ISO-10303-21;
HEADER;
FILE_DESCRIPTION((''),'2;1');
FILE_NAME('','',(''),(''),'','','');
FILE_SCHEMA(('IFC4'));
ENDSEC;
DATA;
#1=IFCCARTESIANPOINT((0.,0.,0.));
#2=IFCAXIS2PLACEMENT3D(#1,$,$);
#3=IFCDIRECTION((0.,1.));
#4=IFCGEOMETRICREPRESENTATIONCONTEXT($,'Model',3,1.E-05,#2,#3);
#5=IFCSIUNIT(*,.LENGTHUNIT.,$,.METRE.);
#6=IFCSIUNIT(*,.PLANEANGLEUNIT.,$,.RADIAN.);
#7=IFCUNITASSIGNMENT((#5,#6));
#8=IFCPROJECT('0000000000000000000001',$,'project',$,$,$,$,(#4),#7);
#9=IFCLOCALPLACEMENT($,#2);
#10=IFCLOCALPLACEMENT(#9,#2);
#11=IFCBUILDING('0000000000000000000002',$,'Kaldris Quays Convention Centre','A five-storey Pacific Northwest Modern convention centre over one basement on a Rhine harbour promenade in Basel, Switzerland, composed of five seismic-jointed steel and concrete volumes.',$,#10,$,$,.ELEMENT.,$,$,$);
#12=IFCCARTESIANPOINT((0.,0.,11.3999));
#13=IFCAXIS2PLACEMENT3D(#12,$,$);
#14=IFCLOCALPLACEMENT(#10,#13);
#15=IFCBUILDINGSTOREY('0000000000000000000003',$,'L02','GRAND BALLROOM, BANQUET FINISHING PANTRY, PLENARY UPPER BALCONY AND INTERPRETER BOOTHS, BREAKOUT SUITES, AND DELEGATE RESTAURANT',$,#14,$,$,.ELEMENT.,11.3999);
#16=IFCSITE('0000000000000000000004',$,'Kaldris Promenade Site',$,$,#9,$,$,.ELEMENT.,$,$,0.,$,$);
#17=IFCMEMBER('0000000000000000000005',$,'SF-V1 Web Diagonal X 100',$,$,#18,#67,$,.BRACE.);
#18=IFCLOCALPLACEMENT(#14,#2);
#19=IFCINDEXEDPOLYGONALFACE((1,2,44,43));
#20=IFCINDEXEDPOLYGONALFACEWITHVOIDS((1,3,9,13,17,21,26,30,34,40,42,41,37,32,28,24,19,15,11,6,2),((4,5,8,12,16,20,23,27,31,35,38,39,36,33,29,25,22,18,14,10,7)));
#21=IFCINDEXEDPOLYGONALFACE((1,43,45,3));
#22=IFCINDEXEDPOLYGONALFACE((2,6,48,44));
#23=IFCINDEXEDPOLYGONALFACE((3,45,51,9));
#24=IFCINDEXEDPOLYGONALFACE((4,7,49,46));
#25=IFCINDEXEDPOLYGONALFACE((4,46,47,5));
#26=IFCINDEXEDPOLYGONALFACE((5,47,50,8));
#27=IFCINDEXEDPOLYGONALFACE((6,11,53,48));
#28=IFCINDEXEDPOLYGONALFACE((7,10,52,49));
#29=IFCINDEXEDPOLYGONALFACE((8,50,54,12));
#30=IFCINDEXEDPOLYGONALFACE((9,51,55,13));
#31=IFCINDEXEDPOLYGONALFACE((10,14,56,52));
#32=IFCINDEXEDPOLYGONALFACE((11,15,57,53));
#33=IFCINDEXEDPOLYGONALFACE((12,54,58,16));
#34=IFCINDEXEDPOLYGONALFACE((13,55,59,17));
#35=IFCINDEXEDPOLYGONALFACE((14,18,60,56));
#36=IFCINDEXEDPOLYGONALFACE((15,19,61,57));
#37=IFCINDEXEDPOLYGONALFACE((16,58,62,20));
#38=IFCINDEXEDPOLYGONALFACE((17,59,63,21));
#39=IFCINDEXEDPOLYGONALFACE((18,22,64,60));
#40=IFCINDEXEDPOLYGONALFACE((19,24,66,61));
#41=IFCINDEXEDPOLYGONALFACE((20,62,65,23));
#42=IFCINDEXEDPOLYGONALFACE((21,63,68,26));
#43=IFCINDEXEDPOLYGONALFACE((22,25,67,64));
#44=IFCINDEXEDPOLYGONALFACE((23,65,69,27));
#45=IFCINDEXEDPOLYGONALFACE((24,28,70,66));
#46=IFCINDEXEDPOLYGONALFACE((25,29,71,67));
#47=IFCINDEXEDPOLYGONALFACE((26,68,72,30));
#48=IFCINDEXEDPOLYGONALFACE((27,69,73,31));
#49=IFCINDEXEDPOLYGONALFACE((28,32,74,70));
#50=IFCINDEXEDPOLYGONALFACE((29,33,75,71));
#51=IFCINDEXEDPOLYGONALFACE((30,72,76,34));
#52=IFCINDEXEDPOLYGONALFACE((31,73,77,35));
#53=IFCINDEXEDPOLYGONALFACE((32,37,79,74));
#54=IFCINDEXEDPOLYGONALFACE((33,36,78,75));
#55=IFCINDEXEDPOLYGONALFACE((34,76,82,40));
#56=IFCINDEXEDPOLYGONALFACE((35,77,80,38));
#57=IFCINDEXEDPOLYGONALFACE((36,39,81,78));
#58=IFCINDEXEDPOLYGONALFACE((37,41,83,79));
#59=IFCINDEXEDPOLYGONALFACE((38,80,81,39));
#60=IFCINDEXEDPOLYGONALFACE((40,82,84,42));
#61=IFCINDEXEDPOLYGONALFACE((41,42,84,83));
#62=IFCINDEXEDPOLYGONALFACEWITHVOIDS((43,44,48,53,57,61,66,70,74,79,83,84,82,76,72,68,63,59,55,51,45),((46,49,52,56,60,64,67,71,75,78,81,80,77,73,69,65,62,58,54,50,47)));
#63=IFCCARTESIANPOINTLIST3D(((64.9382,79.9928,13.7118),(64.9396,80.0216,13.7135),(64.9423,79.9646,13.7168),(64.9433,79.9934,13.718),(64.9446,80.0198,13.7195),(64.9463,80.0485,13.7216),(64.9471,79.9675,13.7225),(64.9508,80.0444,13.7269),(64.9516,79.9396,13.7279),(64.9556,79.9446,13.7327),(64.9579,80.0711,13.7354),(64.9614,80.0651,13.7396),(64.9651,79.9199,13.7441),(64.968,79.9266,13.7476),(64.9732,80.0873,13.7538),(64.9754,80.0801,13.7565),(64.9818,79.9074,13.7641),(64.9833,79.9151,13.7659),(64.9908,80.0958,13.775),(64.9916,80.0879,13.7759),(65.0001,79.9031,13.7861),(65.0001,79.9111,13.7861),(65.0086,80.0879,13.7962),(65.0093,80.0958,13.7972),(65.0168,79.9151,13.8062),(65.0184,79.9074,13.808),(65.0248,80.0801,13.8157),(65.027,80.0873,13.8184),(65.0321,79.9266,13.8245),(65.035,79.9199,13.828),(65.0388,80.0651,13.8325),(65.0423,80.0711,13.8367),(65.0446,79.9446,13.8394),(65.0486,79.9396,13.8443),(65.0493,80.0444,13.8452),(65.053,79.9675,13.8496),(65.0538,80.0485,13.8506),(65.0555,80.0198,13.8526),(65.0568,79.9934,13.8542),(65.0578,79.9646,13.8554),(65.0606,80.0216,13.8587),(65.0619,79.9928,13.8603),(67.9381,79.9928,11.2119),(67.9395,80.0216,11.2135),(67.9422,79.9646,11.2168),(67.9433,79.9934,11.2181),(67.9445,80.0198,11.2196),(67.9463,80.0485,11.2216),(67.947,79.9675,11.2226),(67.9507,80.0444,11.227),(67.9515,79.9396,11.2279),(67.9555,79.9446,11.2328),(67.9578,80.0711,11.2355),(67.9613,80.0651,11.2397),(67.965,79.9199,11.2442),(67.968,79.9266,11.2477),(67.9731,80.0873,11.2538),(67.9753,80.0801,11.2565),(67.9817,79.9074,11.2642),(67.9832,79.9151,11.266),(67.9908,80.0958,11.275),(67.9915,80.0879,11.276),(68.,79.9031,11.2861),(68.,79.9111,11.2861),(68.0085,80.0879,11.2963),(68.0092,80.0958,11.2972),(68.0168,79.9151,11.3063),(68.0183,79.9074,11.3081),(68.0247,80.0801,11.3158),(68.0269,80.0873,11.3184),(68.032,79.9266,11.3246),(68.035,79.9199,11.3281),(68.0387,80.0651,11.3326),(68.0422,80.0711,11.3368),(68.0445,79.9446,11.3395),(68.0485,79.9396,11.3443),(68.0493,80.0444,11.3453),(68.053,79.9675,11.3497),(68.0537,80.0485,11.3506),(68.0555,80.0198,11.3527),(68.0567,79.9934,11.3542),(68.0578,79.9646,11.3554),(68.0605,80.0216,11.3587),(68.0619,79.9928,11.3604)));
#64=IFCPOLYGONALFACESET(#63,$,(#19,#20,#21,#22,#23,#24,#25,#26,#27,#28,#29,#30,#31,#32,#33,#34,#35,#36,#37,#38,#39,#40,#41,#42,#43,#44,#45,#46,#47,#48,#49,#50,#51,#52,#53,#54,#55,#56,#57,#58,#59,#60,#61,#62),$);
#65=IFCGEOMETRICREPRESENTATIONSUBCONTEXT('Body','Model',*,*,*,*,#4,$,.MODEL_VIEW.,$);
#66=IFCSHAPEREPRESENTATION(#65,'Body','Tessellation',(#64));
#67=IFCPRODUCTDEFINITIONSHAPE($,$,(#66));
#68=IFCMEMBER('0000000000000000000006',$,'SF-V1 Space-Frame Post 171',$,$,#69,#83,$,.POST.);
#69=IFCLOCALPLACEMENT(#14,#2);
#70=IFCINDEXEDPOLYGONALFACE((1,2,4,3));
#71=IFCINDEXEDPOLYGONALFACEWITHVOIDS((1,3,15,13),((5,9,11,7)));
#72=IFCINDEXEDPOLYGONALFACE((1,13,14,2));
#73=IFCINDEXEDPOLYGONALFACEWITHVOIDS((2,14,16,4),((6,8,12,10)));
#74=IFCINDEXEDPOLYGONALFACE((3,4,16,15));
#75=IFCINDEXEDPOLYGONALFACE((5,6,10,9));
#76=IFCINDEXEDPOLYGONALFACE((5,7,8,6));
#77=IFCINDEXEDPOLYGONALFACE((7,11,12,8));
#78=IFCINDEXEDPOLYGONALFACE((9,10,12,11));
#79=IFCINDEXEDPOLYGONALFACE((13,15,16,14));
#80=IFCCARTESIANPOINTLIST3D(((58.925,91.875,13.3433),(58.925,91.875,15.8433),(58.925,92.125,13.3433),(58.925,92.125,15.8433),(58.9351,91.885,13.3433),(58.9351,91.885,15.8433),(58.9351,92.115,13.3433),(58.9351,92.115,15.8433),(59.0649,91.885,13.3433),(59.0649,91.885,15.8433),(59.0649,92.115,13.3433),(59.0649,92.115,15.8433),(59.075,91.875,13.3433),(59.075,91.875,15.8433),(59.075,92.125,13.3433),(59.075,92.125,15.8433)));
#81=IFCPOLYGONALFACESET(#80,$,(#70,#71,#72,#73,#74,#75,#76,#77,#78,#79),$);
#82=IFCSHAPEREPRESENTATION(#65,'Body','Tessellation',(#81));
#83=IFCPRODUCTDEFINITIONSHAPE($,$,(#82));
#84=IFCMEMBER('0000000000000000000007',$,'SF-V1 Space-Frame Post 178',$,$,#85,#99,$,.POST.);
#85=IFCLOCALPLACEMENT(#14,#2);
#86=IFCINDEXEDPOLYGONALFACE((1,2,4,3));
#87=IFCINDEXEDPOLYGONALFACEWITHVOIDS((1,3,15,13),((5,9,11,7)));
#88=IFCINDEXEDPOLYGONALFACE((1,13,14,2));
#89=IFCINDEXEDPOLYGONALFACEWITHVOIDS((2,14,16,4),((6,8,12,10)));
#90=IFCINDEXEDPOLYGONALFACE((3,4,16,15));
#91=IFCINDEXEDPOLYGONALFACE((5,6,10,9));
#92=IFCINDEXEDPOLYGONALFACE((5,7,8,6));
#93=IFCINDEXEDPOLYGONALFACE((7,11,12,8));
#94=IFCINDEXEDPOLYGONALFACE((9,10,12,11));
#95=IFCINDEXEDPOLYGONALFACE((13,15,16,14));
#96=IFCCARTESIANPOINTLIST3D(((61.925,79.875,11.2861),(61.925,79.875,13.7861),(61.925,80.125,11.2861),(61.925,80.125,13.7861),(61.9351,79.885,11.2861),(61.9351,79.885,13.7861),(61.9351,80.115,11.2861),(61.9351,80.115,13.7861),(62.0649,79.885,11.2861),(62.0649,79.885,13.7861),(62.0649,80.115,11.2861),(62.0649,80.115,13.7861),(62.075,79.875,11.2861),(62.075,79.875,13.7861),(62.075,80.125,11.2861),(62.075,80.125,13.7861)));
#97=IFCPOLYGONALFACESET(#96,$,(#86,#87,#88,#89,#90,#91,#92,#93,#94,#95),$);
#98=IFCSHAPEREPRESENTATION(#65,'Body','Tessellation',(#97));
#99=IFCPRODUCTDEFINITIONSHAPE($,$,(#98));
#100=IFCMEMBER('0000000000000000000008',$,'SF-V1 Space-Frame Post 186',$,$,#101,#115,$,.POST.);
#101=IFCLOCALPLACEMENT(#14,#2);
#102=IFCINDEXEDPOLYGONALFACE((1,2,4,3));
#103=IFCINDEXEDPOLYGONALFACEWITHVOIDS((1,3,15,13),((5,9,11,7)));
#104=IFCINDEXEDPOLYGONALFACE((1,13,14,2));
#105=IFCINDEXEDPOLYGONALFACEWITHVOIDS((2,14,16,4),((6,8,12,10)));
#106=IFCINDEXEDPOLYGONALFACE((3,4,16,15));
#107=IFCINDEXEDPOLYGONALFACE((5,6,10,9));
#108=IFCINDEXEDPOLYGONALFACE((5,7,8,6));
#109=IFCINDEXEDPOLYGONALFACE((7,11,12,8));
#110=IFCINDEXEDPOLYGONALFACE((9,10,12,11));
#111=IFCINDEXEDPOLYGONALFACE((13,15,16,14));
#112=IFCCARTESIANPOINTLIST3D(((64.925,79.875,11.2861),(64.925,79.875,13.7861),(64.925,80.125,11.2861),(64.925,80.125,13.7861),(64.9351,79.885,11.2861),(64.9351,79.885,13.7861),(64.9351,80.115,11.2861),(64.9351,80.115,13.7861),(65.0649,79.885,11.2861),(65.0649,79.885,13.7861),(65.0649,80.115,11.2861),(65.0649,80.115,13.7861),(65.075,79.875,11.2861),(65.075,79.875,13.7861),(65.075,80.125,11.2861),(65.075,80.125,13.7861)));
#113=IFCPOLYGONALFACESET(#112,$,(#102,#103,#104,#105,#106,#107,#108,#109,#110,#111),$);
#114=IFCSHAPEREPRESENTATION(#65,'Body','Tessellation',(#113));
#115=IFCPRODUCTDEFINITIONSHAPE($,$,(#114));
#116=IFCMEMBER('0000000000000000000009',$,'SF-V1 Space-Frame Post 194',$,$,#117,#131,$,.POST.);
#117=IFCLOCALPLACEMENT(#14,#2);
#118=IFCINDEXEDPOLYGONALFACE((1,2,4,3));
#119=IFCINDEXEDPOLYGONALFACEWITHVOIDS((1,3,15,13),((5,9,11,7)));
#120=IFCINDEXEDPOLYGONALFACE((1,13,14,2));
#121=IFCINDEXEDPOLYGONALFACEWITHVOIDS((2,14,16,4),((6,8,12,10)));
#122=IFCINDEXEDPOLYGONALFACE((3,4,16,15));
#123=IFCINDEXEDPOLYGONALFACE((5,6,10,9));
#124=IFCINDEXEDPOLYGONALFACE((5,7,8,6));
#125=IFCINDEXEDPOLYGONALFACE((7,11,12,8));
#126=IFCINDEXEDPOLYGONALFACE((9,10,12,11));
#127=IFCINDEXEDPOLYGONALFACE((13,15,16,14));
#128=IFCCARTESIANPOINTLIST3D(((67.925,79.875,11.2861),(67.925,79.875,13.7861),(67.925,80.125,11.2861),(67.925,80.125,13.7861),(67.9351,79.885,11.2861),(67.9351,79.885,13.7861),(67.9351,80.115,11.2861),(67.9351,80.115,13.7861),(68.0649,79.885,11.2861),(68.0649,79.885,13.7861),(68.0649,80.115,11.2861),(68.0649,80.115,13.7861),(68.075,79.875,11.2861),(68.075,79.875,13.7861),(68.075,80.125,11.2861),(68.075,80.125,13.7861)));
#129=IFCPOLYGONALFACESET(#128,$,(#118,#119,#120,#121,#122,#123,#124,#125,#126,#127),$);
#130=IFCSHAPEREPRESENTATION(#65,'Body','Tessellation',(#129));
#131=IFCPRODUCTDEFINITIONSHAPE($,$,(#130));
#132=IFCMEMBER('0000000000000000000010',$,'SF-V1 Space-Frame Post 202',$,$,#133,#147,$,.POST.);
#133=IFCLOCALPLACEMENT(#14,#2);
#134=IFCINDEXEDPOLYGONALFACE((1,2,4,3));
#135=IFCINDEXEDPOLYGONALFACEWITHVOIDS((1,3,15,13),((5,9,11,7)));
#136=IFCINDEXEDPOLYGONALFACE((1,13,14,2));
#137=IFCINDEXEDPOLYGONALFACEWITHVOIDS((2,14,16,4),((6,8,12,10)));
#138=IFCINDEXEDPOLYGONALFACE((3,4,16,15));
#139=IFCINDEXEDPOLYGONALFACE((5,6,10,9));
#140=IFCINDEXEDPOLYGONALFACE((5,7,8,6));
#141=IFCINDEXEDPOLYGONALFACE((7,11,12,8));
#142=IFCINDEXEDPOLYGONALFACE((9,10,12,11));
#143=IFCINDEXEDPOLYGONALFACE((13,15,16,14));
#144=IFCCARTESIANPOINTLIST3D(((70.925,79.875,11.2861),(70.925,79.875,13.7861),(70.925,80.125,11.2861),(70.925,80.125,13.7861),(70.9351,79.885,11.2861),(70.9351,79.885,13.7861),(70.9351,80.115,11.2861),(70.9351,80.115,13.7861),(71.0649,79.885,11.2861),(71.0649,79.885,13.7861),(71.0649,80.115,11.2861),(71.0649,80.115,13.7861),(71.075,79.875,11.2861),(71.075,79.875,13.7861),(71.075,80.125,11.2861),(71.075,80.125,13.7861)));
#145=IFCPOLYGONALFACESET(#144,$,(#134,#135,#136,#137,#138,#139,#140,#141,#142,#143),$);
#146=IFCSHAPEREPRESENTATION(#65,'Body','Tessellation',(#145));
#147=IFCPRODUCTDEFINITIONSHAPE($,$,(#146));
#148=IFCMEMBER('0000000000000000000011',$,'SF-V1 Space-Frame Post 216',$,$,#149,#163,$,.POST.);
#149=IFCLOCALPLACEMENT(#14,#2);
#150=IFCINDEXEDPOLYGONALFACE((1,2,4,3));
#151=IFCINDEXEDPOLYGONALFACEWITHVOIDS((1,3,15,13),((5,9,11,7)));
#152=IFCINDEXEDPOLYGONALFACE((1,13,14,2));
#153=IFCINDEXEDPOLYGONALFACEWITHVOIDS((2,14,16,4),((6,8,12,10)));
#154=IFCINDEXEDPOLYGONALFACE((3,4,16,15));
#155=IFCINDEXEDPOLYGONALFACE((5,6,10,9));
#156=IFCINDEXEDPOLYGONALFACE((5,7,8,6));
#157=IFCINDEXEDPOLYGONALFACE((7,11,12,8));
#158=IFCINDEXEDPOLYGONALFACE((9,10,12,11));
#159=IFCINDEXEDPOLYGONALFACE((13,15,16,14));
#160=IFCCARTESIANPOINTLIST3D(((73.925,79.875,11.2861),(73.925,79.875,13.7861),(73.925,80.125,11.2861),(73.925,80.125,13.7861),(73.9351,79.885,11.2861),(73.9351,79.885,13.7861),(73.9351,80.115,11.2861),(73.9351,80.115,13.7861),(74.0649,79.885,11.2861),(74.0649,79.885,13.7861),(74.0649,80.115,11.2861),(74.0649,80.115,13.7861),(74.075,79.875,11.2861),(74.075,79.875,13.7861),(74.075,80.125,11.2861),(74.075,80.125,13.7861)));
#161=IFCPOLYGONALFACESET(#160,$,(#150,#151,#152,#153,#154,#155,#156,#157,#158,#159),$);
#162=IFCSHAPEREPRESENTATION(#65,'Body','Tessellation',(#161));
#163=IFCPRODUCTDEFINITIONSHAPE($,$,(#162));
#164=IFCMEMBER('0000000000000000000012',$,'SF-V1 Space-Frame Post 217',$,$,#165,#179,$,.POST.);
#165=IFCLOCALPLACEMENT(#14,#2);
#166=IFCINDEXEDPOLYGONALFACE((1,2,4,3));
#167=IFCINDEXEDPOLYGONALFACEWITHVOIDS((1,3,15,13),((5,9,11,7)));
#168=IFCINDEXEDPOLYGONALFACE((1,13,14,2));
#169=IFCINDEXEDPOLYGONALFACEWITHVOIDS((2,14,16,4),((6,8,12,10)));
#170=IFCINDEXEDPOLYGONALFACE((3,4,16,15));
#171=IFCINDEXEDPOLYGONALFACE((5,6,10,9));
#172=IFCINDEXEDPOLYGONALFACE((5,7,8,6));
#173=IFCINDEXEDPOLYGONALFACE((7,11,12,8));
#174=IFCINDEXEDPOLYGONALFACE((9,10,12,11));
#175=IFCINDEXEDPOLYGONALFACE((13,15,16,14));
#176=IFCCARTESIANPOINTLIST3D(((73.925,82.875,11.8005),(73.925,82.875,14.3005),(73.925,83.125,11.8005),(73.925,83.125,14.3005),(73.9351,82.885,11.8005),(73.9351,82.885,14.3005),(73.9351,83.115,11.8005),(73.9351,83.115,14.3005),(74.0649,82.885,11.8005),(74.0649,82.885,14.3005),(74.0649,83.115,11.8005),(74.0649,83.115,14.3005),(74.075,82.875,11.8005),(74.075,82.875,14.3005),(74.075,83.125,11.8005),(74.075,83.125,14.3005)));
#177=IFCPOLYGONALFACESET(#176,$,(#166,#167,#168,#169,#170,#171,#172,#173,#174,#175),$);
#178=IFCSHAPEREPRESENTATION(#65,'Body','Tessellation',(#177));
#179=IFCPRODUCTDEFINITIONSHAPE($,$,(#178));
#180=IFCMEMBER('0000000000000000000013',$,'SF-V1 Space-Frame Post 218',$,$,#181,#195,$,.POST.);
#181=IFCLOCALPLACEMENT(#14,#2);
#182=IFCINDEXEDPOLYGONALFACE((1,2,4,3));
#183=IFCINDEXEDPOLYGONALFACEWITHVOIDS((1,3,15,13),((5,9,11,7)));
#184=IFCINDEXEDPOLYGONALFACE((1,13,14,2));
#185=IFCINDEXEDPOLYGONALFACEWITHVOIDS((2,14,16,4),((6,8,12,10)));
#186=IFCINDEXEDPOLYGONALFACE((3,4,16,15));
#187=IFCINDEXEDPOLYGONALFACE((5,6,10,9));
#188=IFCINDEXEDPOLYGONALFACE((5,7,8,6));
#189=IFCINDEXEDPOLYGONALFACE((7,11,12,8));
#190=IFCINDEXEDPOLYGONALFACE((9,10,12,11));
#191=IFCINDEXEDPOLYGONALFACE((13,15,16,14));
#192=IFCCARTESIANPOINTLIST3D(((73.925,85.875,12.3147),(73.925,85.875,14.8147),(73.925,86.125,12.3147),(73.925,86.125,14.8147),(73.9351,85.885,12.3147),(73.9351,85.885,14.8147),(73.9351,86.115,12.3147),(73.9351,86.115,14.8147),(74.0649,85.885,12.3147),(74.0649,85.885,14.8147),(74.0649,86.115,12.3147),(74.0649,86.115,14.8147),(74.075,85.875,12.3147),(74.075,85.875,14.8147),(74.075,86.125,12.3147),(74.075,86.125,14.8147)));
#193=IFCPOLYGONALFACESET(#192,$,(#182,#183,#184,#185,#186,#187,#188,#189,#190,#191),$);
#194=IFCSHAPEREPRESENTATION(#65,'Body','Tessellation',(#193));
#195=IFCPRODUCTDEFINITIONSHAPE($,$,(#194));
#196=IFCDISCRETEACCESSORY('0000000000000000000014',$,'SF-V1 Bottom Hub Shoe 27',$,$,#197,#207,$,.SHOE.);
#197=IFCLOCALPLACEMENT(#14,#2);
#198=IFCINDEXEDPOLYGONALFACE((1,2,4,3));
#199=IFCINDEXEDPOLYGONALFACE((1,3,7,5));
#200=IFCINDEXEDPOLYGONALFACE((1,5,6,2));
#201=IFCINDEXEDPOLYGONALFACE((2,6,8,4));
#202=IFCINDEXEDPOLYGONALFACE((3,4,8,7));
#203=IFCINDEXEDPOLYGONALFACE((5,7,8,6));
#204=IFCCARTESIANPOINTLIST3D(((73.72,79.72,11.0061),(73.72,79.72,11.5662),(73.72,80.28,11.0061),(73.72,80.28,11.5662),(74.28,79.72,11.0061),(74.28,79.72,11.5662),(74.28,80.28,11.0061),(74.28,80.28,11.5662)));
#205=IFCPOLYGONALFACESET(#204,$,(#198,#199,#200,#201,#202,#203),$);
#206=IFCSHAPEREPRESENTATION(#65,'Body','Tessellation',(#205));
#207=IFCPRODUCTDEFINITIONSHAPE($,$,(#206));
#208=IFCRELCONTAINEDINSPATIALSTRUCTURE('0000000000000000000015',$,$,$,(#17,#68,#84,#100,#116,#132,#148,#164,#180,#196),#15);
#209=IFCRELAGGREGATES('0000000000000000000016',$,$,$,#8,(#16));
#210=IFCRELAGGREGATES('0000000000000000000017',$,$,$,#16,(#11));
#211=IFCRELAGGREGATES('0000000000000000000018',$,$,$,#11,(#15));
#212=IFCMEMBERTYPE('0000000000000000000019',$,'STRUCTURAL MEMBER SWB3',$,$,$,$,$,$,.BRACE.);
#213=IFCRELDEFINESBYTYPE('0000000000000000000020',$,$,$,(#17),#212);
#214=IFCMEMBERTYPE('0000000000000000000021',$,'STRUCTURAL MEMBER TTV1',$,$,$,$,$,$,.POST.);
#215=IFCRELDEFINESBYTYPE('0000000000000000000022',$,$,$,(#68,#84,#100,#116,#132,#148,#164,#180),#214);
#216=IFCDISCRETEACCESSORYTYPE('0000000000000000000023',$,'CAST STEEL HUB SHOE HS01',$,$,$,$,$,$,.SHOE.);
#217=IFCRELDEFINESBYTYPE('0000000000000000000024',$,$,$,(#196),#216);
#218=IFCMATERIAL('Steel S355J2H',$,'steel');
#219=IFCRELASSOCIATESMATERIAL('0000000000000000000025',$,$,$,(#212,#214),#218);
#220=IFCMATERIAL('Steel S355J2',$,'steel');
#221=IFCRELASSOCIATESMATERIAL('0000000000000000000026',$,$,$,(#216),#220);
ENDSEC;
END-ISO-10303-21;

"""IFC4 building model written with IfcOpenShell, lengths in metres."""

from ifc_helpers import new_model, si_unit, direction, frame, origin, origin_2d, place, context, subcontext, project, spatial, rectangle, hollow_rectangle, hollow_circle, extrude, material, material_profile, profile_set, type_object, element, save


model = new_model("IFC4")

# Units and contexts
model_context = context("Model", 3, precision=1e-05, world=origin(), true_north=direction((0.0, 1.0)))
body_context = subcontext(model_context, "Body", "Model", "MODEL_VIEW")
ifc_project = project(units=[si_unit("LENGTHUNIT", "METRE"), si_unit("PLANEANGLEUNIT", "RADIAN")], contexts=[model_context])

# Site, building, storey
site_placement = place(None, origin())
site = spatial("IfcSite", under=ifc_project, at=site_placement, Name="Kaldris Promenade Site", CompositionType="ELEMENT", RefElevation=0.0)
building_placement = place(site_placement, origin())
building = spatial("IfcBuilding", under=site, at=building_placement, Name="Kaldris Quays Convention Centre", Description="A five-storey Pacific Northwest Modern convention centre over one basement on a Rhine harbour promenade in Basel, Switzerland, composed of five seismic-jointed steel and concrete volumes.", CompositionType="ELEMENT")
storey_placement = place(building_placement, frame((0.0, 0.0, 11.3999)))
storey = spatial("IfcBuildingStorey", under=building, at=storey_placement, Name="L02", Description="GRAND BALLROOM, BANQUET FINISHING PANTRY, PLENARY UPPER BALCONY AND INTERPRETER BOOTHS, BREAKOUT SUITES, AND DELEGATE RESTAURANT", CompositionType="ELEMENT", Elevation=11.3999)

# Members
ifc_material_1 = material(Name="Steel S355J2H", Category="steel")
ifc_material_profile_1 = material_profile(ifc_material_1, hollow_circle(Radius=0.0969, WallThickness=0.0081, at=origin_2d()), Name="CHS 193.7x8")
ifc_profile_set_1 = profile_set([ifc_material_profile_1], Name="Steel S355J2H")
member_type_1 = type_object("IfcMemberType", Name="STRUCTURAL MEMBER SWB3", PredefinedType="BRACE", material=ifc_profile_set_1)
member_1_placement = place(storey_placement, frame((68.0, 80.0, 11.2861), z_axis=(-0.768221, 0.0, 0.640184), x_axis=(0.0, -1.0, 0.0)))
element("IfcMember", 1, at=member_1_placement, inside=storey, type_object=member_type_1, Name="SF-V1 Web Diagonal X 100", PredefinedType="BRACE", context=body_context, shape_type="SweptSolid", body=[
    extrude(hollow_circle(Radius=0.0969, WallThickness=0.0081, at=origin_2d()), origin(), (0.0, 0.0, 1.0), 3.905),
])
ifc_material_profile_2 = material_profile(ifc_material_1, hollow_rectangle(XDim=0.1499, YDim=0.25, WallThickness=0.01, at=origin_2d()), Name="RHS 250x150x10")
ifc_profile_set_2 = profile_set([ifc_material_profile_2], Name="Steel S355J2H")
member_type_2 = type_object("IfcMemberType", Name="STRUCTURAL MEMBER TTV1", PredefinedType="POST", material=ifc_profile_set_2)
for number, where, z_axis, x_axis, name in (
    (2, (59.0, 92.0, 13.3433), (0.0, 0.0, 1.0), (1.0, 0.0, 0.0), "SF-V1 Space-Frame Post 171"),
    (3, (62.0, 80.0, 11.2861), (0.0, 0.0, 1.0), (1.0, 0.0, 0.0), "SF-V1 Space-Frame Post 178"),
    (4, (65.0, 80.0, 11.2861), (0.0, 0.0, 1.0), (1.0, 0.0, 0.0), "SF-V1 Space-Frame Post 186"),
    (5, (68.0, 80.0, 11.2861), (0.0, 0.0, 1.0), (1.0, 0.0, 0.0), "SF-V1 Space-Frame Post 194"),
    (6, (71.0, 80.0, 11.2861), (0.0, 0.0, 1.0), (1.0, 0.0, 0.0), "SF-V1 Space-Frame Post 202"),
    (7, (74.0, 80.0, 11.2861), (0.0, 0.0, 1.0), (1.0, 0.0, 0.0), "SF-V1 Space-Frame Post 216"),
    (8, (74.0, 83.0, 11.8005), (0.0, 0.0, 1.0), (1.0, 0.0, 0.0), "SF-V1 Space-Frame Post 217"),
    (9, (74.0, 86.0, 12.3147), (0.0, 0.0, 1.0), (1.0, 0.0, 0.0), "SF-V1 Space-Frame Post 218"),
):
    element("IfcMember", number, at=place(storey_placement, frame(where, z_axis=z_axis, x_axis=x_axis)), inside=storey, type_object=member_type_2, Name=name, PredefinedType="POST", context=body_context, shape_type="SweptSolid", body=[
        extrude(hollow_rectangle(XDim=0.1499, YDim=0.25, WallThickness=0.01, at=origin_2d()), origin(), (0.0, 0.0, 1.0), 2.5),
    ])

# Discrete accessory
ifc_material_2 = material(Name="Steel S355J2", Category="steel")
discrete_accessory_type = type_object("IfcDiscreteAccessoryType", Name="CAST STEEL HUB SHOE HS01", PredefinedType="SHOE", material=ifc_material_2)
discrete_accessory_placement = place(storey_placement, frame((74.0, 80.0, 11.0061), z_axis=(0.0, 0.0, 1.0), x_axis=(1.0, 0.0, 0.0)))
element("IfcDiscreteAccessory", 10, at=discrete_accessory_placement, inside=storey, type_object=discrete_accessory_type, Name="SF-V1 Bottom Hub Shoe 27", PredefinedType="SHOE", context=body_context, shape_type="SweptSolid", body=[
    extrude(rectangle(XDim=0.5601, YDim=0.5601, at=origin_2d()), origin(), (0.0, 0.0, 1.0), 0.5601),
])

save(model, "model.ifc")
